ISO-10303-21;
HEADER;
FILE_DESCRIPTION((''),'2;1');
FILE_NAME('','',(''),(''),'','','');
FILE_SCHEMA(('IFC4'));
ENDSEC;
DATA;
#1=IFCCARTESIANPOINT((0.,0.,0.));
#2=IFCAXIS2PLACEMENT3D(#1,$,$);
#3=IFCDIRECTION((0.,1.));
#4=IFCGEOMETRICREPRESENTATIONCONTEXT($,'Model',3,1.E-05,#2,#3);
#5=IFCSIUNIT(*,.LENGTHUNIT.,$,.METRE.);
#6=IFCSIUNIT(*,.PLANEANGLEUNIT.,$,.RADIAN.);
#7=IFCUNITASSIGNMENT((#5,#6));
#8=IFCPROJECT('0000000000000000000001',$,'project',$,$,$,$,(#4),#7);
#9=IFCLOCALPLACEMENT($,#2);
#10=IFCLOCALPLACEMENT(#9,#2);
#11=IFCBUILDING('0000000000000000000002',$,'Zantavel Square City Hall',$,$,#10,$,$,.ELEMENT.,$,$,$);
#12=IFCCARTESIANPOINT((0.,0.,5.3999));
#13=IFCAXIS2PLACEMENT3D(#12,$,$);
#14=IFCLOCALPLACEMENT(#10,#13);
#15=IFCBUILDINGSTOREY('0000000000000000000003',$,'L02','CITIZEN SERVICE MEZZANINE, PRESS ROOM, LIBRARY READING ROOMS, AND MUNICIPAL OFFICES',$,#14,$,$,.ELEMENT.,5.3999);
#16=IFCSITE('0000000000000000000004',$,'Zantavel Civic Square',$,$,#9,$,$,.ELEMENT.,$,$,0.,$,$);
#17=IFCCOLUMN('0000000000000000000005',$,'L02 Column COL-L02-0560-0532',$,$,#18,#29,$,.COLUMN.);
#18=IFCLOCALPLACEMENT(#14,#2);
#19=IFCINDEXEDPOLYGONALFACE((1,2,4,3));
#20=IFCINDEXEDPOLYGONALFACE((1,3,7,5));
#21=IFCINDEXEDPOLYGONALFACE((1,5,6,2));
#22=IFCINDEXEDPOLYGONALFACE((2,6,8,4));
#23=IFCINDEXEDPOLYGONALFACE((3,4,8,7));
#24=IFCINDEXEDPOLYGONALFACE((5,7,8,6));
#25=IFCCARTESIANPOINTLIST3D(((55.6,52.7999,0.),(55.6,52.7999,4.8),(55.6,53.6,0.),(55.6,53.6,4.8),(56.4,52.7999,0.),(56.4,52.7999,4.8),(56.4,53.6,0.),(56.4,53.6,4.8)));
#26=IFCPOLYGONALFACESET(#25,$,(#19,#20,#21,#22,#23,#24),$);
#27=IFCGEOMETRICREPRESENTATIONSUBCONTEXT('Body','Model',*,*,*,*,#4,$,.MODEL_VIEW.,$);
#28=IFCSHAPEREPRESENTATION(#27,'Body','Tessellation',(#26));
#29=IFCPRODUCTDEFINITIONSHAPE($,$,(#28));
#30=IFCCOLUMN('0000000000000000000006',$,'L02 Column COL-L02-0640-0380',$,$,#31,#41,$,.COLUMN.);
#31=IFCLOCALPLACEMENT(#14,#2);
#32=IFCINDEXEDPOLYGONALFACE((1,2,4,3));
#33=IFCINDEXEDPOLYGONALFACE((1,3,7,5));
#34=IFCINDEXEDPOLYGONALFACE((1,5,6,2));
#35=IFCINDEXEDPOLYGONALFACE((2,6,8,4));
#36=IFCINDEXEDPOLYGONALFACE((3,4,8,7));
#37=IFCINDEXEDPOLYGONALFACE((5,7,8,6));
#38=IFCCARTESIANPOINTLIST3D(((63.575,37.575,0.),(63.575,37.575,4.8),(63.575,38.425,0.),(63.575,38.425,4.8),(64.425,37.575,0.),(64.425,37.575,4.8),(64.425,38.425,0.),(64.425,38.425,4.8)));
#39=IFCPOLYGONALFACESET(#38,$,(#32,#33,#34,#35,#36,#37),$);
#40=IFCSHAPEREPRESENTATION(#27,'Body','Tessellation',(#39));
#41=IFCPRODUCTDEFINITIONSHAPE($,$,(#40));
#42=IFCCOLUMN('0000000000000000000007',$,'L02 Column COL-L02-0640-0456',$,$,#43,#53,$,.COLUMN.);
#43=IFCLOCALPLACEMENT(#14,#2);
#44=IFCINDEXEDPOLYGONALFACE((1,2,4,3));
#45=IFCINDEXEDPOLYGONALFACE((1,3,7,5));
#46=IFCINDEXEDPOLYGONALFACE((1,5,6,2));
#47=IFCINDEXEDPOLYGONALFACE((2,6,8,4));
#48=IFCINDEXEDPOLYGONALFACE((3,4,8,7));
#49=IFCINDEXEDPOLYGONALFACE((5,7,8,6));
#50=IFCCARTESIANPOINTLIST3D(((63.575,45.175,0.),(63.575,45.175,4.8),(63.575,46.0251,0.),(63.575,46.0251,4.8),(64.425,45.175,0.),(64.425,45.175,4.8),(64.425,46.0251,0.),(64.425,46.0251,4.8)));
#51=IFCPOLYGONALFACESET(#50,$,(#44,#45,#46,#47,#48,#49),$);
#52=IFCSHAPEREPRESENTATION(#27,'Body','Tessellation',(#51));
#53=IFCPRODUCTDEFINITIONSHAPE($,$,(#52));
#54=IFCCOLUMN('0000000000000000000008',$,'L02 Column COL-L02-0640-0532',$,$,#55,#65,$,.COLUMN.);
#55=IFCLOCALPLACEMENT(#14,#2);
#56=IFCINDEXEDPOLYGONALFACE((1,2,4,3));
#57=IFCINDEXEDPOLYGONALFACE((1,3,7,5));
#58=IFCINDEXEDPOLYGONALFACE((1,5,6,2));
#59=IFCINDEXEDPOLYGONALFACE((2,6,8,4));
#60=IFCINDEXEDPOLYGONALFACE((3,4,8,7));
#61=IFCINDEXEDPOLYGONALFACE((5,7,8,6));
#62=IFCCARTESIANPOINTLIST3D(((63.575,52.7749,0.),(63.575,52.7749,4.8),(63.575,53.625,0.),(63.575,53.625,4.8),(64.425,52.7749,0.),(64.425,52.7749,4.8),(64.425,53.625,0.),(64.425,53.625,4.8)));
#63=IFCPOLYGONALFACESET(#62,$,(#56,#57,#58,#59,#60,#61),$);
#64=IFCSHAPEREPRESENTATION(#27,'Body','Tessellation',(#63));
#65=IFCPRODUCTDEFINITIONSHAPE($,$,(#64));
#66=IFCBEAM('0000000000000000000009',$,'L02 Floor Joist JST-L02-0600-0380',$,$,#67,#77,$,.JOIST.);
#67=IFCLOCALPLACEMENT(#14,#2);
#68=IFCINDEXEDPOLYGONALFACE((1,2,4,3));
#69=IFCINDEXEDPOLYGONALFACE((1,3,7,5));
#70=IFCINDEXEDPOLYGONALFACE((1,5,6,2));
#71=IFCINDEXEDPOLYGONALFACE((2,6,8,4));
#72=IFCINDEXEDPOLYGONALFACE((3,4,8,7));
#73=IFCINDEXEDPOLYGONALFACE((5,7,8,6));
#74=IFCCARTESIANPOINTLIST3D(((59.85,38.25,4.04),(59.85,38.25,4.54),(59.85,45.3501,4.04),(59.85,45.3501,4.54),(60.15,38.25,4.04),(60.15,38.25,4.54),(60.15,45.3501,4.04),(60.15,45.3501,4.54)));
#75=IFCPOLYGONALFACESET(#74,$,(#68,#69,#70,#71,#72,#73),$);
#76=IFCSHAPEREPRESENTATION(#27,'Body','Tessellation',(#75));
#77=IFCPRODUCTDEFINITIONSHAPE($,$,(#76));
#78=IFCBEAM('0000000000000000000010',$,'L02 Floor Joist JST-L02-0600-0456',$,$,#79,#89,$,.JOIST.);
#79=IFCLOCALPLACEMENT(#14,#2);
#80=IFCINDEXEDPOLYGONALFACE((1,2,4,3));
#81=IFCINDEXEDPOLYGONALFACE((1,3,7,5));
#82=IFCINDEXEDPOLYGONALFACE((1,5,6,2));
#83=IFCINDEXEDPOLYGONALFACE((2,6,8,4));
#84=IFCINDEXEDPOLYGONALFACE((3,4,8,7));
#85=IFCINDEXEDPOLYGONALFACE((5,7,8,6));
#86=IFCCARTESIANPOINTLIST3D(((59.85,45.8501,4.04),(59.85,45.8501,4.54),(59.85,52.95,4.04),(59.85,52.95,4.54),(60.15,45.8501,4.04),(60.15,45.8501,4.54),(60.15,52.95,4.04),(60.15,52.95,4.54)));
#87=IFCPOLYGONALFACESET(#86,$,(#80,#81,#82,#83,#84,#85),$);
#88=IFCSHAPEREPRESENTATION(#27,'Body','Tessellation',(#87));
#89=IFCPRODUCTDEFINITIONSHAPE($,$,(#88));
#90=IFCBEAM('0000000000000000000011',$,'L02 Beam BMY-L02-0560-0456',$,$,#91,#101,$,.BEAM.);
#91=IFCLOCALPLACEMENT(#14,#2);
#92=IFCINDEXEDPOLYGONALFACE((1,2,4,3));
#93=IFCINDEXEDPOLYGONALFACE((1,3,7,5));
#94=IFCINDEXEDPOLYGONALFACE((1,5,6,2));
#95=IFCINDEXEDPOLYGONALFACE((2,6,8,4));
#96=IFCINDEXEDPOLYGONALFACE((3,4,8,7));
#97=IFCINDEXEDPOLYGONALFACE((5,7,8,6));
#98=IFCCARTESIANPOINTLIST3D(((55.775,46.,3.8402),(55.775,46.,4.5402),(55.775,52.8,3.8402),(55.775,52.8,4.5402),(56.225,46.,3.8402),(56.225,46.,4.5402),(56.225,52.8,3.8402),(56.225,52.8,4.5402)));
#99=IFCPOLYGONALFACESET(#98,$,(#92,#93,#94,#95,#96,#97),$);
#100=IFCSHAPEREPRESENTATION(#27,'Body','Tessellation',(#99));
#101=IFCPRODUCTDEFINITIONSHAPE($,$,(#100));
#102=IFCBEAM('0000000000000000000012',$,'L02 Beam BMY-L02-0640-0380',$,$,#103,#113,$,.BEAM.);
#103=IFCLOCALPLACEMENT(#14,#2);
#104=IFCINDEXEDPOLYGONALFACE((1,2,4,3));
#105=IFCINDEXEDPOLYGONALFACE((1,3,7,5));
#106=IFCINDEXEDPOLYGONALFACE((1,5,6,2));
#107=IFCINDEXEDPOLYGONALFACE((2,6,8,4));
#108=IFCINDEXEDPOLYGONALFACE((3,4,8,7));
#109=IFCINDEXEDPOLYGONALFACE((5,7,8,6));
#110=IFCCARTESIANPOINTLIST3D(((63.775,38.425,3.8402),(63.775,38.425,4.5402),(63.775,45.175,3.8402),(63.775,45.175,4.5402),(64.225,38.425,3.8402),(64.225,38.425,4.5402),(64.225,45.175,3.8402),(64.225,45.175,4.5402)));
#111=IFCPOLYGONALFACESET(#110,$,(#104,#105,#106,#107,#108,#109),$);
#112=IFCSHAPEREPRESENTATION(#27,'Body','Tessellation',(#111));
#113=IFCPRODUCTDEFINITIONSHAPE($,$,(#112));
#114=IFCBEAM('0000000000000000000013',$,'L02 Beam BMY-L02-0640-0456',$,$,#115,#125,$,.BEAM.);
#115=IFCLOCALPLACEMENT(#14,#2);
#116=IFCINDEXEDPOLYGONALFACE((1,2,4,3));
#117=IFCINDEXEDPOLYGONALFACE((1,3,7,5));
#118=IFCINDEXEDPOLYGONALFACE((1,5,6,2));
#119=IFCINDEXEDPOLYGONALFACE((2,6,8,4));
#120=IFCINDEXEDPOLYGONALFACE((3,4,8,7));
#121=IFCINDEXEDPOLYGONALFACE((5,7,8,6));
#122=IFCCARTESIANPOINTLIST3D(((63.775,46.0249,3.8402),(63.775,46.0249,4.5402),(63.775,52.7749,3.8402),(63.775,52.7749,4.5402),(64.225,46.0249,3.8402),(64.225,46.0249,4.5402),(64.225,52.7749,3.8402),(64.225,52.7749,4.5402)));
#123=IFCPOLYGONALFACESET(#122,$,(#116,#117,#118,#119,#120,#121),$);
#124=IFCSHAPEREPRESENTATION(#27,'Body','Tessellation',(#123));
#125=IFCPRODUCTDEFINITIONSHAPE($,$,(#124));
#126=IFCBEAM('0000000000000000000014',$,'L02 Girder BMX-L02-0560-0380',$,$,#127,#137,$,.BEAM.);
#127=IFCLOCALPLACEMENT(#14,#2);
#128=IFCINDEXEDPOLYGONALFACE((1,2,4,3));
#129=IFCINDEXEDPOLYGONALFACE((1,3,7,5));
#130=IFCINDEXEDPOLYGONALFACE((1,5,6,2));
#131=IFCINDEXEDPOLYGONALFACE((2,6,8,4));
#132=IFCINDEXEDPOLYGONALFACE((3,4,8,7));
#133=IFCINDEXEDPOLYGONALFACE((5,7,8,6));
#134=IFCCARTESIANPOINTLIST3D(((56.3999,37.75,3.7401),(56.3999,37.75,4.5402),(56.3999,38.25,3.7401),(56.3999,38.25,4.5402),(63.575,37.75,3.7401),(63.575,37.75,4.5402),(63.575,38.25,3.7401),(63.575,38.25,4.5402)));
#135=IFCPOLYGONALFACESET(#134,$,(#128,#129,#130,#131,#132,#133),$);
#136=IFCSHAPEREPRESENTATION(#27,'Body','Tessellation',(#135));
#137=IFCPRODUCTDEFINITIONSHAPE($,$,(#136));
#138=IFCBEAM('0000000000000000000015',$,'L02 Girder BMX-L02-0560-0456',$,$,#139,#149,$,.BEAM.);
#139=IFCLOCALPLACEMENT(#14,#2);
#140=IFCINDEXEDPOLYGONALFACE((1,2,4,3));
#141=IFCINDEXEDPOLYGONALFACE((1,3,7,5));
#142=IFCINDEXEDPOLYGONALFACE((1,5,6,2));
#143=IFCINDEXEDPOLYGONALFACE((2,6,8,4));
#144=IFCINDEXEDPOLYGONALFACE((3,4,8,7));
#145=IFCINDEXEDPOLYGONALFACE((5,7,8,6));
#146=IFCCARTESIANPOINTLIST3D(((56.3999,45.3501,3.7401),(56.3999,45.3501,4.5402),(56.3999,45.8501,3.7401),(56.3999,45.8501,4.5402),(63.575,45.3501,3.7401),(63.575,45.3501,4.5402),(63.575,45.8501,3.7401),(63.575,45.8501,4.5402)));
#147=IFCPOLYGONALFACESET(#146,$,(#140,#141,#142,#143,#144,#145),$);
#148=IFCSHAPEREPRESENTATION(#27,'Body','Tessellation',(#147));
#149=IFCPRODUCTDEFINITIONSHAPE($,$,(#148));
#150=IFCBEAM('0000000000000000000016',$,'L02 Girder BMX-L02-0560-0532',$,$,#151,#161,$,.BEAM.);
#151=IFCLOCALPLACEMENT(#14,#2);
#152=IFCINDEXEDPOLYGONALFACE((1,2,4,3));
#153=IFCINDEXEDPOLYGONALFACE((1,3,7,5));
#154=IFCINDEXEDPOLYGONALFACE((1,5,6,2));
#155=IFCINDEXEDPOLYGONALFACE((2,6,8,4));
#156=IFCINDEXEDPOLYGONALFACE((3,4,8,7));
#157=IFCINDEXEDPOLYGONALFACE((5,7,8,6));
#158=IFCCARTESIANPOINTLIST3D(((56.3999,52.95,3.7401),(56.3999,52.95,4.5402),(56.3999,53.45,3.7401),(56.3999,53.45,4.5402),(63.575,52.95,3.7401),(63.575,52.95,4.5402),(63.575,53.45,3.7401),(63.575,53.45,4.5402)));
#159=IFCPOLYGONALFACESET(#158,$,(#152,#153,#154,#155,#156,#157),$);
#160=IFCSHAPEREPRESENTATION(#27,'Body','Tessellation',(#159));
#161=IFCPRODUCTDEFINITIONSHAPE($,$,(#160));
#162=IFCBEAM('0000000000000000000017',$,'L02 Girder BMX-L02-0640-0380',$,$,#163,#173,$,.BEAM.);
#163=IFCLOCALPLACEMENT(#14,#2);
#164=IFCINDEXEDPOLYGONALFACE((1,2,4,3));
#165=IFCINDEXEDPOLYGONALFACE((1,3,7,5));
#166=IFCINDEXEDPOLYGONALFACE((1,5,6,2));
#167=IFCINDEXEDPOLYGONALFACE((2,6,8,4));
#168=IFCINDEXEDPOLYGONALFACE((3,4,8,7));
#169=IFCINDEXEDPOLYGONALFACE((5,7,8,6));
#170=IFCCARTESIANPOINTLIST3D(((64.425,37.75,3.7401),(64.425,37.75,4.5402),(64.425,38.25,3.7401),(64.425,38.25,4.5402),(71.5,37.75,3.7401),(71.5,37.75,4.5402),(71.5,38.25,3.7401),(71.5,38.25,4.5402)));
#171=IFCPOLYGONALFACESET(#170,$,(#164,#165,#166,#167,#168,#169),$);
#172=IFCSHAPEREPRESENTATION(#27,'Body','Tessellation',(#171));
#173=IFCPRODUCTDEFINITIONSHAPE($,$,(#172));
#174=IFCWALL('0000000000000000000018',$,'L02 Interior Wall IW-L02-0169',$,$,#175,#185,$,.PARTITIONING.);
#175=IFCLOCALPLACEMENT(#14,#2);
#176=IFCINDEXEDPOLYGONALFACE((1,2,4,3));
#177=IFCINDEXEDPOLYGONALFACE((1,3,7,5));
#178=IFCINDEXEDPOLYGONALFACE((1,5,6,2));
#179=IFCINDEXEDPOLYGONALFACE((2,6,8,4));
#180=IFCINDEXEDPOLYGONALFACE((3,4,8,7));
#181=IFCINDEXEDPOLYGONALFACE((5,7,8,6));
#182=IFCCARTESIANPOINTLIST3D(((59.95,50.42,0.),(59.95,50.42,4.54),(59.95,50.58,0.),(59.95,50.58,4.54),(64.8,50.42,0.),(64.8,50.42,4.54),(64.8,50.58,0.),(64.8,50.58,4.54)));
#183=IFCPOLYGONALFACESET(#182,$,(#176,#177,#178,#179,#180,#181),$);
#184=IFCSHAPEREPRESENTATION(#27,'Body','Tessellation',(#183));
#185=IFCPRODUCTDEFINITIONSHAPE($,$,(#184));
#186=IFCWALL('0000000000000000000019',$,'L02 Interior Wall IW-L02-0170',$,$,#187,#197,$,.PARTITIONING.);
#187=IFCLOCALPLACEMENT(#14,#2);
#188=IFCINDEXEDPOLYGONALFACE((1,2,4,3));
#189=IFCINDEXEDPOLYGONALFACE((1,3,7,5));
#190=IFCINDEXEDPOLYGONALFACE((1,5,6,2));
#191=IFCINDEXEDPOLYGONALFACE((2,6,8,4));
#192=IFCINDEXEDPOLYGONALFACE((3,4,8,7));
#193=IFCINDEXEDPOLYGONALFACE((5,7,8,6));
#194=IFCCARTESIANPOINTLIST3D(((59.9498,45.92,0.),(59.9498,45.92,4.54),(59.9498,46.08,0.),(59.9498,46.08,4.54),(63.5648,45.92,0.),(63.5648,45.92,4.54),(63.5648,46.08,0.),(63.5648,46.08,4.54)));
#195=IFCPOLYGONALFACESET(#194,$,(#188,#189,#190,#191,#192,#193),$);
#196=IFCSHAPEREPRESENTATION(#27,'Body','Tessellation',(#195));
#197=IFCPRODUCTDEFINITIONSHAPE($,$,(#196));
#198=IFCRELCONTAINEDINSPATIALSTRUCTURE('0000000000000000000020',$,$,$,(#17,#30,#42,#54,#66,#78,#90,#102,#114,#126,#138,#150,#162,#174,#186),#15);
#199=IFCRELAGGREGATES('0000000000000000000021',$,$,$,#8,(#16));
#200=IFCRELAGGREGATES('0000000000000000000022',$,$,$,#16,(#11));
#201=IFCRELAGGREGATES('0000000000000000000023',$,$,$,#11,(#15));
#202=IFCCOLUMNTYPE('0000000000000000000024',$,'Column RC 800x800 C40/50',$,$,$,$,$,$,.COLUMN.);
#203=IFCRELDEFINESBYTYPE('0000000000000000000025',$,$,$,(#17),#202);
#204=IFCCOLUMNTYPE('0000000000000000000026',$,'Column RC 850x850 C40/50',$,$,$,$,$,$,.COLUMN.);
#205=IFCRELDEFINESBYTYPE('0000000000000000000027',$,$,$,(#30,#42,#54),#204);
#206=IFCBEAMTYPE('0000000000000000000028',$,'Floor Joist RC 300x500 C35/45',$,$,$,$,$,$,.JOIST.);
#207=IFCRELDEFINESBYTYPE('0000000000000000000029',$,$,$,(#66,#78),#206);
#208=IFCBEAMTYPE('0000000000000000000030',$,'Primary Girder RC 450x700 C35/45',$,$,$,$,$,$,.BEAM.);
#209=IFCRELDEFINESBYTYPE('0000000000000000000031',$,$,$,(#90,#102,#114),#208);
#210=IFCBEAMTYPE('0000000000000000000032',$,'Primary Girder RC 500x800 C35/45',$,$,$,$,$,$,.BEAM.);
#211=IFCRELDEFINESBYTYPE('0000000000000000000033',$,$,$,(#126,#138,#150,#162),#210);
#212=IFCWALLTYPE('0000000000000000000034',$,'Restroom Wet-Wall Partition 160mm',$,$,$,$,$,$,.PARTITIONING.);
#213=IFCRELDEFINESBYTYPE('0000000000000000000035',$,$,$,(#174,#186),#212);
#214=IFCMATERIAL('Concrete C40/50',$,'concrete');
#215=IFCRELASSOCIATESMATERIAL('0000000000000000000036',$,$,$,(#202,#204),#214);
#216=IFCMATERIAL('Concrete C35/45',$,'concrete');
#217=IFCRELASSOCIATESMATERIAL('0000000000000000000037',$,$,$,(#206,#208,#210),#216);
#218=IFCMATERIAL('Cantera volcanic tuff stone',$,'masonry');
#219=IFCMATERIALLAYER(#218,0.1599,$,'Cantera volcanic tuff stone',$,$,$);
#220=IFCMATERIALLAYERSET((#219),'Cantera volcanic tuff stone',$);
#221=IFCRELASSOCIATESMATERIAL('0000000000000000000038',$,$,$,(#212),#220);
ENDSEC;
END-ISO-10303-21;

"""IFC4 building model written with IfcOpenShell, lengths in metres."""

from ifc_helpers import new_model, si_unit, direction, frame, frame_2d, origin, origin_2d, place, context, subcontext, project, spatial, rectangle, extrude, material, layer, layer_set, material_profile, profile_set, type_object, element, save


model = new_model("IFC4")

# Units and contexts
model_context = context("Model", 3, precision=1e-05, world=origin(), true_north=direction((0.0, 1.0)))
body_context = subcontext(model_context, "Body", "Model", "MODEL_VIEW")
ifc_project = project(units=[si_unit("LENGTHUNIT", "METRE"), si_unit("PLANEANGLEUNIT", "RADIAN")], contexts=[model_context])

# Site, building, storey
site_placement = place(None, origin())
site = spatial("IfcSite", under=ifc_project, at=site_placement, Name="Zantavel Civic Square", CompositionType="ELEMENT", RefElevation=0.0)
building_placement = place(site_placement, origin())
building = spatial("IfcBuilding", under=site, at=building_placement, Name="Zantavel Square City Hall", CompositionType="ELEMENT")
storey_placement = place(building_placement, frame((0.0, 0.0, 5.3999)))
storey = spatial("IfcBuildingStorey", under=building, at=storey_placement, Name="L02", Description="CITIZEN SERVICE MEZZANINE, PRESS ROOM, LIBRARY READING ROOMS, AND MUNICIPAL OFFICES", CompositionType="ELEMENT", Elevation=5.3999)

# Columns
ifc_material_1 = material(Name="Concrete C40/50", Category="concrete")
ifc_material_profile_1 = material_profile(ifc_material_1, rectangle(XDim=0.8, YDim=0.8, at=origin_2d()), Name="RC 800x800")
ifc_profile_set_1 = profile_set([ifc_material_profile_1], Name="Concrete C40/50")
column_type_1 = type_object("IfcColumnType", Name="Column RC 800x800 C40/50", PredefinedType="COLUMN", material=ifc_profile_set_1)
column_placement = place(storey_placement, frame((56.0, 53.2, 0.0), z_axis=(0.0, 0.0, 1.0), x_axis=(1.0, 0.0, 0.0)))
element("IfcColumn", 1, at=column_placement, inside=storey, type_object=column_type_1, Name="L02 Column COL-L02-0560-0532", PredefinedType="COLUMN", context=body_context, shape_type="SweptSolid", body=[
    extrude(rectangle(XDim=0.8, YDim=0.8, at=origin_2d()), origin(), (0.0, 0.0, 1.0), 4.8),
])
ifc_material_profile_2 = material_profile(ifc_material_1, rectangle(XDim=0.8501, YDim=0.8501, at=origin_2d()), Name="RC 850x850")
ifc_profile_set_2 = profile_set([ifc_material_profile_2], Name="Concrete C40/50")
column_type_2 = type_object("IfcColumnType", Name="Column RC 850x850 C40/50", PredefinedType="COLUMN", material=ifc_profile_set_2)
for number, where, z_axis, x_axis, name in (
    (2, (64.0, 38.0, 0.0), (0.0, 0.0, 1.0), (1.0, 0.0, 0.0), "L02 Column COL-L02-0640-0380"),
    (3, (64.0, 45.6001, 0.0), (0.0, 0.0, 1.0), (1.0, 0.0, 0.0), "L02 Column COL-L02-0640-0456"),
    (4, (64.0, 53.2, 0.0), (0.0, 0.0, 1.0), (1.0, 0.0, 0.0), "L02 Column COL-L02-0640-0532"),
):
    element("IfcColumn", number, at=place(storey_placement, frame(where, z_axis=z_axis, x_axis=x_axis)), inside=storey, type_object=column_type_2, Name=name, PredefinedType="COLUMN", context=body_context, shape_type="SweptSolid", body=[
        extrude(rectangle(XDim=0.8501, YDim=0.8501, at=origin_2d()), origin(), (0.0, 0.0, 1.0), 4.8),
    ])

# Beams
ifc_material_2 = material(Name="Concrete C35/45", Category="concrete")
ifc_material_profile_3 = material_profile(ifc_material_2, rectangle(XDim=0.3, YDim=0.5, at=origin_2d()), Name="RC 300x500")
ifc_profile_set_3 = profile_set([ifc_material_profile_3], Name="Concrete C35/45")
beam_type_1 = type_object("IfcBeamType", Name="Floor Joist RC 300x500 C35/45", PredefinedType="JOIST", material=ifc_profile_set_3)
beam_1_placement = place(storey_placement, frame((60.0, 38.25, 4.29), z_axis=(0.0, 1.0, 0.0), x_axis=(-1.0, 0.0, 0.0)))
element("IfcBeam", 5, at=beam_1_placement, inside=storey, type_object=beam_type_1, Name="L02 Floor Joist JST-L02-0600-0380", PredefinedType="JOIST", context=body_context, shape_type="SweptSolid", body=[
    extrude(rectangle(XDim=0.3, YDim=0.5, at=origin_2d()), origin(), (0.0, 0.0, 1.0), 7.1001),
])
beam_2_placement = place(storey_placement, frame((60.0, 45.8501, 4.29), z_axis=(0.0, 1.0, 0.0), x_axis=(-1.0, 0.0, 0.0)))
element("IfcBeam", 6, at=beam_2_placement, inside=storey, type_object=beam_type_1, Name="L02 Floor Joist JST-L02-0600-0456", PredefinedType="JOIST", context=body_context, shape_type="SweptSolid", body=[
    extrude(rectangle(XDim=0.3, YDim=0.5, at=origin_2d()), origin(), (0.0, 0.0, 1.0), 7.0999),
])
ifc_material_profile_4 = material_profile(ifc_material_2, rectangle(XDim=0.45, YDim=0.7, at=origin_2d()), Name="RC 450x700")
ifc_profile_set_4 = profile_set([ifc_material_profile_4], Name="Concrete C35/45")
beam_type_2 = type_object("IfcBeamType", Name="Primary Girder RC 450x700 C35/45", PredefinedType="BEAM", material=ifc_profile_set_4)
beam_3_placement = place(storey_placement, frame((56.0, 46.0, 4.1902), z_axis=(0.0, 1.0, 0.0), x_axis=(-1.0, 0.0, 0.0)))
element("IfcBeam", 7, at=beam_3_placement, inside=storey, type_object=beam_type_2, Name="L02 Beam BMY-L02-0560-0456", PredefinedType="BEAM", context=body_context, shape_type="SweptSolid", body=[
    extrude(rectangle(XDim=0.45, YDim=0.7, at=origin_2d()), origin(), (0.0, 0.0, 1.0), 6.8),
])
for number, where, z_axis, x_axis, name in (
    (8, (64.0, 38.425, 4.1902), (0.0, 1.0, 0.0), (-1.0, 0.0, 0.0), "L02 Beam BMY-L02-0640-0380"),
    (9, (64.0, 46.0249, 4.1902), (0.0, 1.0, 0.0), (-1.0, 0.0, 0.0), "L02 Beam BMY-L02-0640-0456"),
):
    element("IfcBeam", number, at=place(storey_placement, frame(where, z_axis=z_axis, x_axis=x_axis)), inside=storey, type_object=beam_type_2, Name=name, PredefinedType="BEAM", context=body_context, shape_type="SweptSolid", body=[
        extrude(rectangle(XDim=0.45, YDim=0.7, at=origin_2d()), origin(), (0.0, 0.0, 1.0), 6.75),
    ])
ifc_material_profile_5 = material_profile(ifc_material_2, rectangle(XDim=0.5, YDim=0.8, at=origin_2d()), Name="RC 500x800")
ifc_profile_set_5 = profile_set([ifc_material_profile_5], Name="Concrete C35/45")
beam_type_3 = type_object("IfcBeamType", Name="Primary Girder RC 500x800 C35/45", PredefinedType="BEAM", material=ifc_profile_set_5)
for number, where, z_axis, x_axis, name in (
    (10, (56.3999, 38.0, 4.1401), (1.0, 0.0, 0.0), (0.0, 1.0, 0.0), "L02 Girder BMX-L02-0560-0380"),
    (11, (56.3999, 45.6001, 4.1401), (1.0, 0.0, 0.0), (0.0, 1.0, 0.0), "L02 Girder BMX-L02-0560-0456"),
    (12, (56.3999, 53.2, 4.1401), (1.0, 0.0, 0.0), (0.0, 1.0, 0.0), "L02 Girder BMX-L02-0560-0532"),
):
    element("IfcBeam", number, at=place(storey_placement, frame(where, z_axis=z_axis, x_axis=x_axis)), inside=storey, type_object=beam_type_3, Name=name, PredefinedType="BEAM", context=body_context, shape_type="SweptSolid", body=[
        extrude(rectangle(XDim=0.5, YDim=0.8, at=origin_2d()), origin(), (0.0, 0.0, 1.0), 7.175),
    ])
beam_4_placement = place(storey_placement, frame((64.425, 38.0, 4.1401), z_axis=(1.0, 0.0, 0.0), x_axis=(0.0, 1.0, 0.0)))
element("IfcBeam", 13, at=beam_4_placement, inside=storey, type_object=beam_type_3, Name="L02 Girder BMX-L02-0640-0380", PredefinedType="BEAM", context=body_context, shape_type="SweptSolid", body=[
    extrude(rectangle(XDim=0.5, YDim=0.8, at=origin_2d()), origin(), (0.0, 0.0, 1.0), 7.075),
])

# Shared definitions
ifc_material_3 = material(Name="Cantera volcanic tuff stone", Category="masonry")

# Walls
ifc_layer_1 = layer(ifc_material_3, 0.1599, Name="Cantera volcanic tuff stone")
ifc_layer_set_1 = layer_set([ifc_layer_1], Name="Cantera volcanic tuff stone")
wall_type_1 = type_object("IfcWallType", Name="Restroom Wet-Wall Partition 160mm", PredefinedType="PARTITIONING", material=ifc_layer_set_1)
wall_1_placement = place(storey_placement, frame((59.95, 50.5, 0.0), z_axis=(0.0, 0.0, 1.0), x_axis=(1.0, 0.0, 0.0)))
element("IfcWall", 14, at=wall_1_placement, inside=storey, type_object=wall_type_1, Name="L02 Interior Wall IW-L02-0169", PredefinedType="PARTITIONING", context=body_context, shape_type="SweptSolid", body=[
    extrude(rectangle(XDim=4.8501, YDim=0.1599, at=frame_2d((2.425, 0.0))), origin(), (0.0, 0.0, 1.0), 4.54),
])
wall_2_placement = place(storey_placement, frame((63.5649, 46.0, 0.0), z_axis=(0.0, 0.0, 1.0), x_axis=(-1.0, 0.0, 0.0)))
element("IfcWall", 15, at=wall_2_placement, inside=storey, type_object=wall_type_1, Name="L02 Interior Wall IW-L02-0170", PredefinedType="PARTITIONING", context=body_context, shape_type="SweptSolid", body=[
    extrude(rectangle(XDim=3.615, YDim=0.1599, at=frame_2d((1.8076, 0.0))), origin(), (0.0, 0.0, 1.0), 4.54),
])

save(model, "model.ifc")
